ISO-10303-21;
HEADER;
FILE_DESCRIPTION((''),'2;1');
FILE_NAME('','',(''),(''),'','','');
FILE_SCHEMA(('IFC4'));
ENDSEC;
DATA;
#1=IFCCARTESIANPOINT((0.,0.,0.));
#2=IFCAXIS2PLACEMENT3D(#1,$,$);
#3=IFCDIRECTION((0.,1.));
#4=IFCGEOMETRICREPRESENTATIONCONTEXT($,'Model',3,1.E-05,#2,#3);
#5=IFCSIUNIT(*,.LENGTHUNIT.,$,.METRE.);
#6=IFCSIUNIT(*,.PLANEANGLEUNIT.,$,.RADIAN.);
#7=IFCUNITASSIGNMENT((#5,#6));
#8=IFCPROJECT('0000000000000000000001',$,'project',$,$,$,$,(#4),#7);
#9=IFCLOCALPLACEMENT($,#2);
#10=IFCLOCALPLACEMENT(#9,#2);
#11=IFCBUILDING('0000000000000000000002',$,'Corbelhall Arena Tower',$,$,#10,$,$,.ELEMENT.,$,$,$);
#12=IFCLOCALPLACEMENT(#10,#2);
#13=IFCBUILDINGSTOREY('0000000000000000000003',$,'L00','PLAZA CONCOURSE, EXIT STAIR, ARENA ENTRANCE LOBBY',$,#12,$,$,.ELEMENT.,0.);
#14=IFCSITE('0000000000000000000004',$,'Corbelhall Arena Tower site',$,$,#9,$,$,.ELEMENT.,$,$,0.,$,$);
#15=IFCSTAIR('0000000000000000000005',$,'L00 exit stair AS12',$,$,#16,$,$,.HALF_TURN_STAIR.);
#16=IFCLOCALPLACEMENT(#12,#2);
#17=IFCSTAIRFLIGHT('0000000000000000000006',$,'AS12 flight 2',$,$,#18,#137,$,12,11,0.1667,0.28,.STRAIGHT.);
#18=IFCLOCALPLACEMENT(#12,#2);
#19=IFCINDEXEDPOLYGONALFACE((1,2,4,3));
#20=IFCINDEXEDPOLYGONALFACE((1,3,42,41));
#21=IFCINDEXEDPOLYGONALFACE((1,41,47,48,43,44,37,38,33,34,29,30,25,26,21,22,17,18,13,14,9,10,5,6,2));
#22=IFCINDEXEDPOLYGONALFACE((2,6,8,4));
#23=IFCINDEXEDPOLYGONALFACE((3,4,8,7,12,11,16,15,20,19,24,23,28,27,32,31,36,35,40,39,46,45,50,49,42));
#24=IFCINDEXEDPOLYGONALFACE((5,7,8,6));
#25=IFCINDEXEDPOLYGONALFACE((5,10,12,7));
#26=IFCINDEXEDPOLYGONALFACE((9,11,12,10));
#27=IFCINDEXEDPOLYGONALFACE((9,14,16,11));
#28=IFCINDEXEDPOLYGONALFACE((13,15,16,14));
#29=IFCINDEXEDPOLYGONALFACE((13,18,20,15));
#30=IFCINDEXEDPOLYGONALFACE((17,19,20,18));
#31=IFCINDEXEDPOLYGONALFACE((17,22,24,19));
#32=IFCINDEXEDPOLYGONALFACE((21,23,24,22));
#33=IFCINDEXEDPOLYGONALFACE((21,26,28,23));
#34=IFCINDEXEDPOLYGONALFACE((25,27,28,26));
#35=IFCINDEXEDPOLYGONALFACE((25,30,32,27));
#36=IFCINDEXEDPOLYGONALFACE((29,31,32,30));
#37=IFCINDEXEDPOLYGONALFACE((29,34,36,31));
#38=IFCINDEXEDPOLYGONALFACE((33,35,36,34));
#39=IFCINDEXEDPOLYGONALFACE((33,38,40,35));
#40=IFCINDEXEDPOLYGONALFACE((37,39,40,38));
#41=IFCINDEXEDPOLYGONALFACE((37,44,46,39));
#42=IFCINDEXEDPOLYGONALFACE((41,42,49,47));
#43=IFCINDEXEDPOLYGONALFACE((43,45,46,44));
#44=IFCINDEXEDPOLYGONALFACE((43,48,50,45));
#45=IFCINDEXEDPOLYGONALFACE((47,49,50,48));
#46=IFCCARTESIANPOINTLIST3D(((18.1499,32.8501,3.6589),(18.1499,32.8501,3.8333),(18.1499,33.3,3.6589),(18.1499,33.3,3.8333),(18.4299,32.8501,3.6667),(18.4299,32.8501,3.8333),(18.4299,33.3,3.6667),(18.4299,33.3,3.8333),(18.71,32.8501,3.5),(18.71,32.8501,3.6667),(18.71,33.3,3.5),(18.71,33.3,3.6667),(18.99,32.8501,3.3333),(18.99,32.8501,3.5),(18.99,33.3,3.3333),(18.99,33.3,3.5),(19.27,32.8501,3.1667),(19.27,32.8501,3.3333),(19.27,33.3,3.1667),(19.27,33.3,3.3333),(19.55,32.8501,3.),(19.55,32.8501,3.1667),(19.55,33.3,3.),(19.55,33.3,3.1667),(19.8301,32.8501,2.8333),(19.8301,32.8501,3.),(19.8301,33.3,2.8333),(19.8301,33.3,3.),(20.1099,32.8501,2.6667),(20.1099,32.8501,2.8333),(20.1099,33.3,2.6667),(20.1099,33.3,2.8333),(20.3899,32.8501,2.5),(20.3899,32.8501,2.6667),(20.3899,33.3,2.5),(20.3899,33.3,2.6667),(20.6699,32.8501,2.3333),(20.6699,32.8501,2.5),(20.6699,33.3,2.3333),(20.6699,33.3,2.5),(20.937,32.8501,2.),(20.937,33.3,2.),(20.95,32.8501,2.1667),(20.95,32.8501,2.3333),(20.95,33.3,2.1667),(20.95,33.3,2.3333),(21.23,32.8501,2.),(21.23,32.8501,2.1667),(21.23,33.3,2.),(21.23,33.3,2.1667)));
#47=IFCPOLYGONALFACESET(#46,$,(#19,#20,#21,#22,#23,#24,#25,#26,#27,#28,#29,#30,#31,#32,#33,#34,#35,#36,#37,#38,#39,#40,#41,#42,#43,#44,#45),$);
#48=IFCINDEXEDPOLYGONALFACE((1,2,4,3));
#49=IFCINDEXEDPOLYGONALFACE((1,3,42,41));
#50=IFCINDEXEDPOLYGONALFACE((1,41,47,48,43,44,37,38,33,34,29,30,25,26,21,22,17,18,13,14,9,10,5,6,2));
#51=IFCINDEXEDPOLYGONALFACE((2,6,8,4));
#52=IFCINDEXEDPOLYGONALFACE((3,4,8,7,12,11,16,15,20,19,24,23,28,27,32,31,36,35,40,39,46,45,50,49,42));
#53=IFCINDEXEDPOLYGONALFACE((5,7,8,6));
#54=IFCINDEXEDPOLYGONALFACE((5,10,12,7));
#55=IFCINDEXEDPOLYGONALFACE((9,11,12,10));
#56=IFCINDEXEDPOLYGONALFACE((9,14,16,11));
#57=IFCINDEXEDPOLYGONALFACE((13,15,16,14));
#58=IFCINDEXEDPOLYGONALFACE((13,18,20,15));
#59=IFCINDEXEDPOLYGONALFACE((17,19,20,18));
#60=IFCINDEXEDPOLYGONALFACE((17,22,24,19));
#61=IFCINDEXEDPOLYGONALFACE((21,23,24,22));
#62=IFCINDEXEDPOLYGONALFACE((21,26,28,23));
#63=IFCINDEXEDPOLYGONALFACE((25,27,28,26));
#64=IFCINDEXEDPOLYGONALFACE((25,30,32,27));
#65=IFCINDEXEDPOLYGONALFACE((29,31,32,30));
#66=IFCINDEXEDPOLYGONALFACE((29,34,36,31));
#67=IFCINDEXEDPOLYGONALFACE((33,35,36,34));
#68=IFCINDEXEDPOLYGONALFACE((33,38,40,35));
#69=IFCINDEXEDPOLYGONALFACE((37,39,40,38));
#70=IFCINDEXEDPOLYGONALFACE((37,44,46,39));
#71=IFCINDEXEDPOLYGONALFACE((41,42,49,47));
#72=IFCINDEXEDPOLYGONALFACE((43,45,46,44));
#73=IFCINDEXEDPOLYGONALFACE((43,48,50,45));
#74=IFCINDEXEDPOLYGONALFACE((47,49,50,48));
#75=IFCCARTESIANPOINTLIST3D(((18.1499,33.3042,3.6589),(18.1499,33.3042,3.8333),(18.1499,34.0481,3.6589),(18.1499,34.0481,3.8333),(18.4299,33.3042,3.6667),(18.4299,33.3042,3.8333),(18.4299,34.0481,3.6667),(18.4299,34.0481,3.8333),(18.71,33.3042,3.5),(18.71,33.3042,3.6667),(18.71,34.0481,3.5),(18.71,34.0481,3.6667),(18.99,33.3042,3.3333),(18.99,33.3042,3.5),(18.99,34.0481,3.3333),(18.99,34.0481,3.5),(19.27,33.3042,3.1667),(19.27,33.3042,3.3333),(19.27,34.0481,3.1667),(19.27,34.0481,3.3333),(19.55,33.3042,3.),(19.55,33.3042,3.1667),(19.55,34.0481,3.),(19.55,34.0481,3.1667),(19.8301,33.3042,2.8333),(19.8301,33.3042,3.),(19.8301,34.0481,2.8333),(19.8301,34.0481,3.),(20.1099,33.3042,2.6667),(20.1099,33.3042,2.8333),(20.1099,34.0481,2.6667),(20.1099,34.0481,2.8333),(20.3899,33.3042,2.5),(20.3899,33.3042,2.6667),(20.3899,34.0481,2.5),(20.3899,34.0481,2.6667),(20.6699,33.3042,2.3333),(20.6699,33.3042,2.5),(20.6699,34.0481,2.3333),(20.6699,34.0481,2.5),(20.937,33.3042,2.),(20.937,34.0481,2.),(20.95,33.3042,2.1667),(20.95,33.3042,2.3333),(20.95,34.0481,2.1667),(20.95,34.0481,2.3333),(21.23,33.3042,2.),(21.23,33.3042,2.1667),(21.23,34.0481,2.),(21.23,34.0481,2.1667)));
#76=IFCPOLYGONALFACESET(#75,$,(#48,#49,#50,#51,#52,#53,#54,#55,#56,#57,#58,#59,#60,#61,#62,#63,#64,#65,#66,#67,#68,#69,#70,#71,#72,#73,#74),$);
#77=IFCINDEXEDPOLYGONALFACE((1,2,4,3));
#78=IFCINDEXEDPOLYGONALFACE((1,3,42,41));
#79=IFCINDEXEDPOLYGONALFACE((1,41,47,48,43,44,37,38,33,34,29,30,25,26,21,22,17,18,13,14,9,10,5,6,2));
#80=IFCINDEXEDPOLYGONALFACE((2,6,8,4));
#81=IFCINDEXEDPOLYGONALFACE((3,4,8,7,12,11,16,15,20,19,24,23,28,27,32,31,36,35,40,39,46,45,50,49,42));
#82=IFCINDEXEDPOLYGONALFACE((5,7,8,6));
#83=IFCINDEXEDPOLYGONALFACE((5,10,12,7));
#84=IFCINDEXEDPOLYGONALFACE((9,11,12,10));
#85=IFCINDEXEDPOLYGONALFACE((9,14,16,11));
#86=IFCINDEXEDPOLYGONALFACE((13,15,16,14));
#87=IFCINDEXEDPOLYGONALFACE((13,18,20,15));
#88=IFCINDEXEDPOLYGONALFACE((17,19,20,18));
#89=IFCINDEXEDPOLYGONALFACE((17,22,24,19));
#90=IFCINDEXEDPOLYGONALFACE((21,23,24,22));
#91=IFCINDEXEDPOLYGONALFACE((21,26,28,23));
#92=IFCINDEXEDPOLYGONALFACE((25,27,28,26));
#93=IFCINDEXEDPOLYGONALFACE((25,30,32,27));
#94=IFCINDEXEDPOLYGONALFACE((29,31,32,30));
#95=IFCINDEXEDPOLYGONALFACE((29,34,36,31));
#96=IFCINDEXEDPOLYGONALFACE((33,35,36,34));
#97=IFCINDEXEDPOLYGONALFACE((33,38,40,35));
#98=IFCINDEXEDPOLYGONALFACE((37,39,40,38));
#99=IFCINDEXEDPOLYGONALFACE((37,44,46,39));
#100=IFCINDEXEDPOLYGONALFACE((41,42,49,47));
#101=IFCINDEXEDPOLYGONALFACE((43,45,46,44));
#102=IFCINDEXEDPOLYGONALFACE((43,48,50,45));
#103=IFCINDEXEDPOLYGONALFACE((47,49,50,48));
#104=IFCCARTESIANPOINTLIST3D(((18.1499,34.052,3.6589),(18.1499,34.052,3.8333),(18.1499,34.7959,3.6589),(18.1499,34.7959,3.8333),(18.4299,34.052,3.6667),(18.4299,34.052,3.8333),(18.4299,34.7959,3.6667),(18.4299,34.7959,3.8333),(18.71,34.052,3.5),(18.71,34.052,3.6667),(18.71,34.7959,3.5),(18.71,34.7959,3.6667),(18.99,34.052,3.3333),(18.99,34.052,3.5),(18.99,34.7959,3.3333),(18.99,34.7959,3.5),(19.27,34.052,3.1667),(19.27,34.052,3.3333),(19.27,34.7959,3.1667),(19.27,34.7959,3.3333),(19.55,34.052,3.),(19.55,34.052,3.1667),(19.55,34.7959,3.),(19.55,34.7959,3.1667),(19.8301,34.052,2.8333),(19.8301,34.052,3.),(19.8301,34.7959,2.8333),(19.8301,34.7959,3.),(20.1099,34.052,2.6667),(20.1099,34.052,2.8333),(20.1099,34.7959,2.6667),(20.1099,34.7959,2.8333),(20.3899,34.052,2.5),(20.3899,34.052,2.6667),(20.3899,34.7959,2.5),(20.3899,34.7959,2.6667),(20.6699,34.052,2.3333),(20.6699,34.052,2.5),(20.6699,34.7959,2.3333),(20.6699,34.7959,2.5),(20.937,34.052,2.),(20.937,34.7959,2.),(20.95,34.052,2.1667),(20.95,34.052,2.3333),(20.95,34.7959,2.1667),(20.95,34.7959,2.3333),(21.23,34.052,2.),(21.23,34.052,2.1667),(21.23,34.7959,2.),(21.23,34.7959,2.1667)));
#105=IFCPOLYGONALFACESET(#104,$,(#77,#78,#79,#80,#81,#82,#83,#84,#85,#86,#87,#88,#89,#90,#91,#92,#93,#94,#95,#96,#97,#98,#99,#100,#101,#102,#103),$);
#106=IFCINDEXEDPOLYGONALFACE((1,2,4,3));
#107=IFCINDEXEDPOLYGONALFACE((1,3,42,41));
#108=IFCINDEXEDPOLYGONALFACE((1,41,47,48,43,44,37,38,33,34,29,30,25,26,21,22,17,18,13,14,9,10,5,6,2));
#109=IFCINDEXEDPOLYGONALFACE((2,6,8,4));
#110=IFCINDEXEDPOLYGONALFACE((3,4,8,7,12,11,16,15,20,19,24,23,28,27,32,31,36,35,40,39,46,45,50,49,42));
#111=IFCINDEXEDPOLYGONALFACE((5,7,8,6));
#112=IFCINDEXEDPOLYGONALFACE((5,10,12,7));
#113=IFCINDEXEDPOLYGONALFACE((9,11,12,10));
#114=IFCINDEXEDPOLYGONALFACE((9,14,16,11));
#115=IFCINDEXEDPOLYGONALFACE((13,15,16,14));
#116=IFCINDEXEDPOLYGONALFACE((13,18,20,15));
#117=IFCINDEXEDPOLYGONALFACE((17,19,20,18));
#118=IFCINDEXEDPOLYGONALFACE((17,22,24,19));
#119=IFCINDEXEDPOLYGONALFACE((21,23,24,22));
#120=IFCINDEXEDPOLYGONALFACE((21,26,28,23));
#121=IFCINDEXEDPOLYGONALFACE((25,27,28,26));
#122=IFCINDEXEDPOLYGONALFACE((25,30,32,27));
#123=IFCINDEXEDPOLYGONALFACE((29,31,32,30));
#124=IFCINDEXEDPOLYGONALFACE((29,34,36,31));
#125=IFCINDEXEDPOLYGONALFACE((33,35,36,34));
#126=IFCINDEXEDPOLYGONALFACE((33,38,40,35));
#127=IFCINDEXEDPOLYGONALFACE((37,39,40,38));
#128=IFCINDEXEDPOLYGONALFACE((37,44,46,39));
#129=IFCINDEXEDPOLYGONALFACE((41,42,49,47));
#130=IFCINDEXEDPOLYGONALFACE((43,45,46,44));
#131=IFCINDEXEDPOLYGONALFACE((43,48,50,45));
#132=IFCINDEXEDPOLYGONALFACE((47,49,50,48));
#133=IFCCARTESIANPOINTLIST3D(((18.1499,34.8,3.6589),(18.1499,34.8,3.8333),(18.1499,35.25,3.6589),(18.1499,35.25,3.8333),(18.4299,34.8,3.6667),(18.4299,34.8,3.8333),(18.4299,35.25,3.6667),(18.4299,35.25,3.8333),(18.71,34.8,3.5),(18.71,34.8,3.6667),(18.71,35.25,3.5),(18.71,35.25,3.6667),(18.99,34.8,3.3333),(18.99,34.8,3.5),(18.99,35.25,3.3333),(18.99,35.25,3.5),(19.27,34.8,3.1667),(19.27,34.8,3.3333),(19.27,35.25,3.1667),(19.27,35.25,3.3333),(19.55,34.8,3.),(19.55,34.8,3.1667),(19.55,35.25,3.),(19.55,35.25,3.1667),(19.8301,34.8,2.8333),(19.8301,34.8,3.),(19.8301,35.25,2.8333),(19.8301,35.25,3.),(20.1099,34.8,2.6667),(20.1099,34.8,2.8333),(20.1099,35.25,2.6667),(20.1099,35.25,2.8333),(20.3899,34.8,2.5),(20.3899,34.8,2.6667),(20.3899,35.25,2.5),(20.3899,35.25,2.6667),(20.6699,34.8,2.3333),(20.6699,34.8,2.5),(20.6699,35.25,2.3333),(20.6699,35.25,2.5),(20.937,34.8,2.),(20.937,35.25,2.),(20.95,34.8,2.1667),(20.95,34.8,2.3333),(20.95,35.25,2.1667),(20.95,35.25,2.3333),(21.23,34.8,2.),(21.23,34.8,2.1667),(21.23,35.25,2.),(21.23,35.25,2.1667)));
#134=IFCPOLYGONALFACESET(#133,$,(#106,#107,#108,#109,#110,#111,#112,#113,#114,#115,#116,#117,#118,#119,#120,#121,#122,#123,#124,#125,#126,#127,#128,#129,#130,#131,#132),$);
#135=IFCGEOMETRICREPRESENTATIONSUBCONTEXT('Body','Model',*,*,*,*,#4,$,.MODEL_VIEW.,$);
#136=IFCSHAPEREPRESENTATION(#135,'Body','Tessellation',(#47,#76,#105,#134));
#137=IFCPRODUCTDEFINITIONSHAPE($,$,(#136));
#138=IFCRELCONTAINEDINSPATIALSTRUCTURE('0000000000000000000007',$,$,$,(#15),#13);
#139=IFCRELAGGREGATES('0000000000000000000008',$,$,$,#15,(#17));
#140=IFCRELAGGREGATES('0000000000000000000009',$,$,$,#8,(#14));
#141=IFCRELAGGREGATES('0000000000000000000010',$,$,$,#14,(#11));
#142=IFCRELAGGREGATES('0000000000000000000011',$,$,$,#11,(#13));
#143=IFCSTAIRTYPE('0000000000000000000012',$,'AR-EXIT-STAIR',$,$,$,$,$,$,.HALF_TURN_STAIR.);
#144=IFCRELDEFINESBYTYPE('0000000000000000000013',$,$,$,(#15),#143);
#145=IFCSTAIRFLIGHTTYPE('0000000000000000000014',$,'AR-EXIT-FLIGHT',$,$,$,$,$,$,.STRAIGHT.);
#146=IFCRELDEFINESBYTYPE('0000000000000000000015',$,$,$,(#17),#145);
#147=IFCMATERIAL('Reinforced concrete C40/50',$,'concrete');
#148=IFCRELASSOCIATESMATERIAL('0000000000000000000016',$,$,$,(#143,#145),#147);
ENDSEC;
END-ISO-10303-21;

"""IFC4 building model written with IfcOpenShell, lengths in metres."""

from ifc_helpers import new_model, si_unit, direction, frame, origin, place, context, subcontext, project, spatial, polyline, outline, extrude, material, type_object, element, aggregate, save


model = new_model("IFC4")

# Units and contexts
model_context = context("Model", 3, precision=1e-05, world=origin(), true_north=direction((0.0, 1.0)))
body_context = subcontext(model_context, "Body", "Model", "MODEL_VIEW")
ifc_project = project(units=[si_unit("LENGTHUNIT", "METRE"), si_unit("PLANEANGLEUNIT", "RADIAN")], contexts=[model_context])

# Site, building, storey
site_placement = place(None, origin())
site = spatial("IfcSite", under=ifc_project, at=site_placement, Name="Corbelhall Arena Tower site", CompositionType="ELEMENT", RefElevation=0.0)
building_placement = place(site_placement, origin())
building = spatial("IfcBuilding", under=site, at=building_placement, Name="Corbelhall Arena Tower", CompositionType="ELEMENT")
storey_placement = place(building_placement, origin())
storey = spatial("IfcBuildingStorey", under=building, at=storey_placement, Name="L00", Description="PLAZA CONCOURSE, EXIT STAIR, ARENA ENTRANCE LOBBY", CompositionType="ELEMENT", Elevation=0.0)

# Shared definitions
ifc_material_1 = material(Name="Reinforced concrete C40/50", Category="concrete")

# Stair, stair flight
stair_type = type_object("IfcStairType", Name="AR-EXIT-STAIR", PredefinedType="HALF_TURN_STAIR", material=ifc_material_1)
stair_placement = place(storey_placement, origin())
stair = element("IfcStair", 1, at=stair_placement, inside=storey, type_object=stair_type, Name="L00 exit stair AS12", PredefinedType="HALF_TURN_STAIR")
stair_flight_type = type_object("IfcStairFlightType", Name="AR-EXIT-FLIGHT", PredefinedType="STRAIGHT", material=ifc_material_1)
stair_flight_1_placement = place(storey_placement, frame((21.23, 34.05, 2.0), z_axis=(0.0, 0.0, 1.0), x_axis=(-1.0, 0.0, 0.0)))
stair_flight_1 = element("IfcStairFlight", 2, at=stair_flight_1_placement, type_object=stair_flight_type, Name="AS12 flight 2", NumberOfRisers=12, NumberOfTreads=11, PredefinedType="STRAIGHT", RiserHeight=0.1667, TreadLength=0.28, context=body_context, shape_type="SweptSolid", body=[
    extrude(outline(polyline([(0.0, 0.0), (0.0, 0.1667), (0.28, 0.1667), (0.28, 0.3333), (0.5601, 0.3333), (0.5601, 0.5), (0.8401, 0.5), (0.8401, 0.6667), (1.1201, 0.6667), (1.1201, 0.8333), (1.3999, 0.8333), (1.3999, 1.0), (1.6799, 1.0), (1.6799, 1.1667), (1.96, 1.1667), (1.96, 1.3333), (2.24, 1.3333), (2.24, 1.5), (2.52, 1.5), (2.52, 1.6667), (2.8, 1.6667), (2.8, 1.8333), (3.0801, 1.8333), (3.0801, 2.0), (3.0801, 1.6589), (0.293, 0.0), (0.0, 0.0)])), frame((0.0, 1.2, 0.0), z_axis=(0.0, -1.0, 0.0), x_axis=(1.0, 0.0, 0.0)), (0.0, 0.0, 1.0), 0.45),
    extrude(outline(polyline([(0.0, 0.0), (0.0, 0.1667), (0.28, 0.1667), (0.28, 0.3333), (0.5601, 0.3333), (0.5601, 0.5), (0.8401, 0.5), (0.8401, 0.6667), (1.1201, 0.6667), (1.1201, 0.8333), (1.3999, 0.8333), (1.3999, 1.0), (1.6799, 1.0), (1.6799, 1.1667), (1.96, 1.1667), (1.96, 1.3333), (2.24, 1.3333), (2.24, 1.5), (2.52, 1.5), (2.52, 1.6667), (2.8, 1.6667), (2.8, 1.8333), (3.0801, 1.8333), (3.0801, 2.0), (3.0801, 1.6589), (0.293, 0.0), (0.0, 0.0)])), frame((0.0, 0.7458, 0.0), z_axis=(0.0, -1.0, 0.0), x_axis=(1.0, 0.0, 0.0)), (0.0, 0.0, 1.0), 0.7439),
    extrude(outline(polyline([(0.0, 0.0), (0.0, 0.1667), (0.28, 0.1667), (0.28, 0.3333), (0.5601, 0.3333), (0.5601, 0.5), (0.8401, 0.5), (0.8401, 0.6667), (1.1201, 0.6667), (1.1201, 0.8333), (1.3999, 0.8333), (1.3999, 1.0), (1.6799, 1.0), (1.6799, 1.1667), (1.96, 1.1667), (1.96, 1.3333), (2.24, 1.3333), (2.24, 1.5), (2.52, 1.5), (2.52, 1.6667), (2.8, 1.6667), (2.8, 1.8333), (3.0801, 1.8333), (3.0801, 2.0), (3.0801, 1.6589), (0.293, 0.0), (0.0, 0.0)])), frame((0.0, -0.002, 0.0), z_axis=(0.0, -1.0, 0.0), x_axis=(1.0, 0.0, 0.0)), (0.0, 0.0, 1.0), 0.7439),
    extrude(outline(polyline([(0.0, 0.0), (0.0, 0.1667), (0.28, 0.1667), (0.28, 0.3333), (0.5601, 0.3333), (0.5601, 0.5), (0.8401, 0.5), (0.8401, 0.6667), (1.1201, 0.6667), (1.1201, 0.8333), (1.3999, 0.8333), (1.3999, 1.0), (1.6799, 1.0), (1.6799, 1.1667), (1.96, 1.1667), (1.96, 1.3333), (2.24, 1.3333), (2.24, 1.5), (2.52, 1.5), (2.52, 1.6667), (2.8, 1.6667), (2.8, 1.8333), (3.0801, 1.8333), (3.0801, 2.0), (3.0801, 1.6589), (0.293, 0.0), (0.0, 0.0)])), frame((0.0, -0.75, 0.0), z_axis=(0.0, -1.0, 0.0), x_axis=(1.0, 0.0, 0.0)), (0.0, 0.0, 1.0), 0.45),
])
aggregate(stair, [stair_flight_1])

save(model, "model.ifc")
